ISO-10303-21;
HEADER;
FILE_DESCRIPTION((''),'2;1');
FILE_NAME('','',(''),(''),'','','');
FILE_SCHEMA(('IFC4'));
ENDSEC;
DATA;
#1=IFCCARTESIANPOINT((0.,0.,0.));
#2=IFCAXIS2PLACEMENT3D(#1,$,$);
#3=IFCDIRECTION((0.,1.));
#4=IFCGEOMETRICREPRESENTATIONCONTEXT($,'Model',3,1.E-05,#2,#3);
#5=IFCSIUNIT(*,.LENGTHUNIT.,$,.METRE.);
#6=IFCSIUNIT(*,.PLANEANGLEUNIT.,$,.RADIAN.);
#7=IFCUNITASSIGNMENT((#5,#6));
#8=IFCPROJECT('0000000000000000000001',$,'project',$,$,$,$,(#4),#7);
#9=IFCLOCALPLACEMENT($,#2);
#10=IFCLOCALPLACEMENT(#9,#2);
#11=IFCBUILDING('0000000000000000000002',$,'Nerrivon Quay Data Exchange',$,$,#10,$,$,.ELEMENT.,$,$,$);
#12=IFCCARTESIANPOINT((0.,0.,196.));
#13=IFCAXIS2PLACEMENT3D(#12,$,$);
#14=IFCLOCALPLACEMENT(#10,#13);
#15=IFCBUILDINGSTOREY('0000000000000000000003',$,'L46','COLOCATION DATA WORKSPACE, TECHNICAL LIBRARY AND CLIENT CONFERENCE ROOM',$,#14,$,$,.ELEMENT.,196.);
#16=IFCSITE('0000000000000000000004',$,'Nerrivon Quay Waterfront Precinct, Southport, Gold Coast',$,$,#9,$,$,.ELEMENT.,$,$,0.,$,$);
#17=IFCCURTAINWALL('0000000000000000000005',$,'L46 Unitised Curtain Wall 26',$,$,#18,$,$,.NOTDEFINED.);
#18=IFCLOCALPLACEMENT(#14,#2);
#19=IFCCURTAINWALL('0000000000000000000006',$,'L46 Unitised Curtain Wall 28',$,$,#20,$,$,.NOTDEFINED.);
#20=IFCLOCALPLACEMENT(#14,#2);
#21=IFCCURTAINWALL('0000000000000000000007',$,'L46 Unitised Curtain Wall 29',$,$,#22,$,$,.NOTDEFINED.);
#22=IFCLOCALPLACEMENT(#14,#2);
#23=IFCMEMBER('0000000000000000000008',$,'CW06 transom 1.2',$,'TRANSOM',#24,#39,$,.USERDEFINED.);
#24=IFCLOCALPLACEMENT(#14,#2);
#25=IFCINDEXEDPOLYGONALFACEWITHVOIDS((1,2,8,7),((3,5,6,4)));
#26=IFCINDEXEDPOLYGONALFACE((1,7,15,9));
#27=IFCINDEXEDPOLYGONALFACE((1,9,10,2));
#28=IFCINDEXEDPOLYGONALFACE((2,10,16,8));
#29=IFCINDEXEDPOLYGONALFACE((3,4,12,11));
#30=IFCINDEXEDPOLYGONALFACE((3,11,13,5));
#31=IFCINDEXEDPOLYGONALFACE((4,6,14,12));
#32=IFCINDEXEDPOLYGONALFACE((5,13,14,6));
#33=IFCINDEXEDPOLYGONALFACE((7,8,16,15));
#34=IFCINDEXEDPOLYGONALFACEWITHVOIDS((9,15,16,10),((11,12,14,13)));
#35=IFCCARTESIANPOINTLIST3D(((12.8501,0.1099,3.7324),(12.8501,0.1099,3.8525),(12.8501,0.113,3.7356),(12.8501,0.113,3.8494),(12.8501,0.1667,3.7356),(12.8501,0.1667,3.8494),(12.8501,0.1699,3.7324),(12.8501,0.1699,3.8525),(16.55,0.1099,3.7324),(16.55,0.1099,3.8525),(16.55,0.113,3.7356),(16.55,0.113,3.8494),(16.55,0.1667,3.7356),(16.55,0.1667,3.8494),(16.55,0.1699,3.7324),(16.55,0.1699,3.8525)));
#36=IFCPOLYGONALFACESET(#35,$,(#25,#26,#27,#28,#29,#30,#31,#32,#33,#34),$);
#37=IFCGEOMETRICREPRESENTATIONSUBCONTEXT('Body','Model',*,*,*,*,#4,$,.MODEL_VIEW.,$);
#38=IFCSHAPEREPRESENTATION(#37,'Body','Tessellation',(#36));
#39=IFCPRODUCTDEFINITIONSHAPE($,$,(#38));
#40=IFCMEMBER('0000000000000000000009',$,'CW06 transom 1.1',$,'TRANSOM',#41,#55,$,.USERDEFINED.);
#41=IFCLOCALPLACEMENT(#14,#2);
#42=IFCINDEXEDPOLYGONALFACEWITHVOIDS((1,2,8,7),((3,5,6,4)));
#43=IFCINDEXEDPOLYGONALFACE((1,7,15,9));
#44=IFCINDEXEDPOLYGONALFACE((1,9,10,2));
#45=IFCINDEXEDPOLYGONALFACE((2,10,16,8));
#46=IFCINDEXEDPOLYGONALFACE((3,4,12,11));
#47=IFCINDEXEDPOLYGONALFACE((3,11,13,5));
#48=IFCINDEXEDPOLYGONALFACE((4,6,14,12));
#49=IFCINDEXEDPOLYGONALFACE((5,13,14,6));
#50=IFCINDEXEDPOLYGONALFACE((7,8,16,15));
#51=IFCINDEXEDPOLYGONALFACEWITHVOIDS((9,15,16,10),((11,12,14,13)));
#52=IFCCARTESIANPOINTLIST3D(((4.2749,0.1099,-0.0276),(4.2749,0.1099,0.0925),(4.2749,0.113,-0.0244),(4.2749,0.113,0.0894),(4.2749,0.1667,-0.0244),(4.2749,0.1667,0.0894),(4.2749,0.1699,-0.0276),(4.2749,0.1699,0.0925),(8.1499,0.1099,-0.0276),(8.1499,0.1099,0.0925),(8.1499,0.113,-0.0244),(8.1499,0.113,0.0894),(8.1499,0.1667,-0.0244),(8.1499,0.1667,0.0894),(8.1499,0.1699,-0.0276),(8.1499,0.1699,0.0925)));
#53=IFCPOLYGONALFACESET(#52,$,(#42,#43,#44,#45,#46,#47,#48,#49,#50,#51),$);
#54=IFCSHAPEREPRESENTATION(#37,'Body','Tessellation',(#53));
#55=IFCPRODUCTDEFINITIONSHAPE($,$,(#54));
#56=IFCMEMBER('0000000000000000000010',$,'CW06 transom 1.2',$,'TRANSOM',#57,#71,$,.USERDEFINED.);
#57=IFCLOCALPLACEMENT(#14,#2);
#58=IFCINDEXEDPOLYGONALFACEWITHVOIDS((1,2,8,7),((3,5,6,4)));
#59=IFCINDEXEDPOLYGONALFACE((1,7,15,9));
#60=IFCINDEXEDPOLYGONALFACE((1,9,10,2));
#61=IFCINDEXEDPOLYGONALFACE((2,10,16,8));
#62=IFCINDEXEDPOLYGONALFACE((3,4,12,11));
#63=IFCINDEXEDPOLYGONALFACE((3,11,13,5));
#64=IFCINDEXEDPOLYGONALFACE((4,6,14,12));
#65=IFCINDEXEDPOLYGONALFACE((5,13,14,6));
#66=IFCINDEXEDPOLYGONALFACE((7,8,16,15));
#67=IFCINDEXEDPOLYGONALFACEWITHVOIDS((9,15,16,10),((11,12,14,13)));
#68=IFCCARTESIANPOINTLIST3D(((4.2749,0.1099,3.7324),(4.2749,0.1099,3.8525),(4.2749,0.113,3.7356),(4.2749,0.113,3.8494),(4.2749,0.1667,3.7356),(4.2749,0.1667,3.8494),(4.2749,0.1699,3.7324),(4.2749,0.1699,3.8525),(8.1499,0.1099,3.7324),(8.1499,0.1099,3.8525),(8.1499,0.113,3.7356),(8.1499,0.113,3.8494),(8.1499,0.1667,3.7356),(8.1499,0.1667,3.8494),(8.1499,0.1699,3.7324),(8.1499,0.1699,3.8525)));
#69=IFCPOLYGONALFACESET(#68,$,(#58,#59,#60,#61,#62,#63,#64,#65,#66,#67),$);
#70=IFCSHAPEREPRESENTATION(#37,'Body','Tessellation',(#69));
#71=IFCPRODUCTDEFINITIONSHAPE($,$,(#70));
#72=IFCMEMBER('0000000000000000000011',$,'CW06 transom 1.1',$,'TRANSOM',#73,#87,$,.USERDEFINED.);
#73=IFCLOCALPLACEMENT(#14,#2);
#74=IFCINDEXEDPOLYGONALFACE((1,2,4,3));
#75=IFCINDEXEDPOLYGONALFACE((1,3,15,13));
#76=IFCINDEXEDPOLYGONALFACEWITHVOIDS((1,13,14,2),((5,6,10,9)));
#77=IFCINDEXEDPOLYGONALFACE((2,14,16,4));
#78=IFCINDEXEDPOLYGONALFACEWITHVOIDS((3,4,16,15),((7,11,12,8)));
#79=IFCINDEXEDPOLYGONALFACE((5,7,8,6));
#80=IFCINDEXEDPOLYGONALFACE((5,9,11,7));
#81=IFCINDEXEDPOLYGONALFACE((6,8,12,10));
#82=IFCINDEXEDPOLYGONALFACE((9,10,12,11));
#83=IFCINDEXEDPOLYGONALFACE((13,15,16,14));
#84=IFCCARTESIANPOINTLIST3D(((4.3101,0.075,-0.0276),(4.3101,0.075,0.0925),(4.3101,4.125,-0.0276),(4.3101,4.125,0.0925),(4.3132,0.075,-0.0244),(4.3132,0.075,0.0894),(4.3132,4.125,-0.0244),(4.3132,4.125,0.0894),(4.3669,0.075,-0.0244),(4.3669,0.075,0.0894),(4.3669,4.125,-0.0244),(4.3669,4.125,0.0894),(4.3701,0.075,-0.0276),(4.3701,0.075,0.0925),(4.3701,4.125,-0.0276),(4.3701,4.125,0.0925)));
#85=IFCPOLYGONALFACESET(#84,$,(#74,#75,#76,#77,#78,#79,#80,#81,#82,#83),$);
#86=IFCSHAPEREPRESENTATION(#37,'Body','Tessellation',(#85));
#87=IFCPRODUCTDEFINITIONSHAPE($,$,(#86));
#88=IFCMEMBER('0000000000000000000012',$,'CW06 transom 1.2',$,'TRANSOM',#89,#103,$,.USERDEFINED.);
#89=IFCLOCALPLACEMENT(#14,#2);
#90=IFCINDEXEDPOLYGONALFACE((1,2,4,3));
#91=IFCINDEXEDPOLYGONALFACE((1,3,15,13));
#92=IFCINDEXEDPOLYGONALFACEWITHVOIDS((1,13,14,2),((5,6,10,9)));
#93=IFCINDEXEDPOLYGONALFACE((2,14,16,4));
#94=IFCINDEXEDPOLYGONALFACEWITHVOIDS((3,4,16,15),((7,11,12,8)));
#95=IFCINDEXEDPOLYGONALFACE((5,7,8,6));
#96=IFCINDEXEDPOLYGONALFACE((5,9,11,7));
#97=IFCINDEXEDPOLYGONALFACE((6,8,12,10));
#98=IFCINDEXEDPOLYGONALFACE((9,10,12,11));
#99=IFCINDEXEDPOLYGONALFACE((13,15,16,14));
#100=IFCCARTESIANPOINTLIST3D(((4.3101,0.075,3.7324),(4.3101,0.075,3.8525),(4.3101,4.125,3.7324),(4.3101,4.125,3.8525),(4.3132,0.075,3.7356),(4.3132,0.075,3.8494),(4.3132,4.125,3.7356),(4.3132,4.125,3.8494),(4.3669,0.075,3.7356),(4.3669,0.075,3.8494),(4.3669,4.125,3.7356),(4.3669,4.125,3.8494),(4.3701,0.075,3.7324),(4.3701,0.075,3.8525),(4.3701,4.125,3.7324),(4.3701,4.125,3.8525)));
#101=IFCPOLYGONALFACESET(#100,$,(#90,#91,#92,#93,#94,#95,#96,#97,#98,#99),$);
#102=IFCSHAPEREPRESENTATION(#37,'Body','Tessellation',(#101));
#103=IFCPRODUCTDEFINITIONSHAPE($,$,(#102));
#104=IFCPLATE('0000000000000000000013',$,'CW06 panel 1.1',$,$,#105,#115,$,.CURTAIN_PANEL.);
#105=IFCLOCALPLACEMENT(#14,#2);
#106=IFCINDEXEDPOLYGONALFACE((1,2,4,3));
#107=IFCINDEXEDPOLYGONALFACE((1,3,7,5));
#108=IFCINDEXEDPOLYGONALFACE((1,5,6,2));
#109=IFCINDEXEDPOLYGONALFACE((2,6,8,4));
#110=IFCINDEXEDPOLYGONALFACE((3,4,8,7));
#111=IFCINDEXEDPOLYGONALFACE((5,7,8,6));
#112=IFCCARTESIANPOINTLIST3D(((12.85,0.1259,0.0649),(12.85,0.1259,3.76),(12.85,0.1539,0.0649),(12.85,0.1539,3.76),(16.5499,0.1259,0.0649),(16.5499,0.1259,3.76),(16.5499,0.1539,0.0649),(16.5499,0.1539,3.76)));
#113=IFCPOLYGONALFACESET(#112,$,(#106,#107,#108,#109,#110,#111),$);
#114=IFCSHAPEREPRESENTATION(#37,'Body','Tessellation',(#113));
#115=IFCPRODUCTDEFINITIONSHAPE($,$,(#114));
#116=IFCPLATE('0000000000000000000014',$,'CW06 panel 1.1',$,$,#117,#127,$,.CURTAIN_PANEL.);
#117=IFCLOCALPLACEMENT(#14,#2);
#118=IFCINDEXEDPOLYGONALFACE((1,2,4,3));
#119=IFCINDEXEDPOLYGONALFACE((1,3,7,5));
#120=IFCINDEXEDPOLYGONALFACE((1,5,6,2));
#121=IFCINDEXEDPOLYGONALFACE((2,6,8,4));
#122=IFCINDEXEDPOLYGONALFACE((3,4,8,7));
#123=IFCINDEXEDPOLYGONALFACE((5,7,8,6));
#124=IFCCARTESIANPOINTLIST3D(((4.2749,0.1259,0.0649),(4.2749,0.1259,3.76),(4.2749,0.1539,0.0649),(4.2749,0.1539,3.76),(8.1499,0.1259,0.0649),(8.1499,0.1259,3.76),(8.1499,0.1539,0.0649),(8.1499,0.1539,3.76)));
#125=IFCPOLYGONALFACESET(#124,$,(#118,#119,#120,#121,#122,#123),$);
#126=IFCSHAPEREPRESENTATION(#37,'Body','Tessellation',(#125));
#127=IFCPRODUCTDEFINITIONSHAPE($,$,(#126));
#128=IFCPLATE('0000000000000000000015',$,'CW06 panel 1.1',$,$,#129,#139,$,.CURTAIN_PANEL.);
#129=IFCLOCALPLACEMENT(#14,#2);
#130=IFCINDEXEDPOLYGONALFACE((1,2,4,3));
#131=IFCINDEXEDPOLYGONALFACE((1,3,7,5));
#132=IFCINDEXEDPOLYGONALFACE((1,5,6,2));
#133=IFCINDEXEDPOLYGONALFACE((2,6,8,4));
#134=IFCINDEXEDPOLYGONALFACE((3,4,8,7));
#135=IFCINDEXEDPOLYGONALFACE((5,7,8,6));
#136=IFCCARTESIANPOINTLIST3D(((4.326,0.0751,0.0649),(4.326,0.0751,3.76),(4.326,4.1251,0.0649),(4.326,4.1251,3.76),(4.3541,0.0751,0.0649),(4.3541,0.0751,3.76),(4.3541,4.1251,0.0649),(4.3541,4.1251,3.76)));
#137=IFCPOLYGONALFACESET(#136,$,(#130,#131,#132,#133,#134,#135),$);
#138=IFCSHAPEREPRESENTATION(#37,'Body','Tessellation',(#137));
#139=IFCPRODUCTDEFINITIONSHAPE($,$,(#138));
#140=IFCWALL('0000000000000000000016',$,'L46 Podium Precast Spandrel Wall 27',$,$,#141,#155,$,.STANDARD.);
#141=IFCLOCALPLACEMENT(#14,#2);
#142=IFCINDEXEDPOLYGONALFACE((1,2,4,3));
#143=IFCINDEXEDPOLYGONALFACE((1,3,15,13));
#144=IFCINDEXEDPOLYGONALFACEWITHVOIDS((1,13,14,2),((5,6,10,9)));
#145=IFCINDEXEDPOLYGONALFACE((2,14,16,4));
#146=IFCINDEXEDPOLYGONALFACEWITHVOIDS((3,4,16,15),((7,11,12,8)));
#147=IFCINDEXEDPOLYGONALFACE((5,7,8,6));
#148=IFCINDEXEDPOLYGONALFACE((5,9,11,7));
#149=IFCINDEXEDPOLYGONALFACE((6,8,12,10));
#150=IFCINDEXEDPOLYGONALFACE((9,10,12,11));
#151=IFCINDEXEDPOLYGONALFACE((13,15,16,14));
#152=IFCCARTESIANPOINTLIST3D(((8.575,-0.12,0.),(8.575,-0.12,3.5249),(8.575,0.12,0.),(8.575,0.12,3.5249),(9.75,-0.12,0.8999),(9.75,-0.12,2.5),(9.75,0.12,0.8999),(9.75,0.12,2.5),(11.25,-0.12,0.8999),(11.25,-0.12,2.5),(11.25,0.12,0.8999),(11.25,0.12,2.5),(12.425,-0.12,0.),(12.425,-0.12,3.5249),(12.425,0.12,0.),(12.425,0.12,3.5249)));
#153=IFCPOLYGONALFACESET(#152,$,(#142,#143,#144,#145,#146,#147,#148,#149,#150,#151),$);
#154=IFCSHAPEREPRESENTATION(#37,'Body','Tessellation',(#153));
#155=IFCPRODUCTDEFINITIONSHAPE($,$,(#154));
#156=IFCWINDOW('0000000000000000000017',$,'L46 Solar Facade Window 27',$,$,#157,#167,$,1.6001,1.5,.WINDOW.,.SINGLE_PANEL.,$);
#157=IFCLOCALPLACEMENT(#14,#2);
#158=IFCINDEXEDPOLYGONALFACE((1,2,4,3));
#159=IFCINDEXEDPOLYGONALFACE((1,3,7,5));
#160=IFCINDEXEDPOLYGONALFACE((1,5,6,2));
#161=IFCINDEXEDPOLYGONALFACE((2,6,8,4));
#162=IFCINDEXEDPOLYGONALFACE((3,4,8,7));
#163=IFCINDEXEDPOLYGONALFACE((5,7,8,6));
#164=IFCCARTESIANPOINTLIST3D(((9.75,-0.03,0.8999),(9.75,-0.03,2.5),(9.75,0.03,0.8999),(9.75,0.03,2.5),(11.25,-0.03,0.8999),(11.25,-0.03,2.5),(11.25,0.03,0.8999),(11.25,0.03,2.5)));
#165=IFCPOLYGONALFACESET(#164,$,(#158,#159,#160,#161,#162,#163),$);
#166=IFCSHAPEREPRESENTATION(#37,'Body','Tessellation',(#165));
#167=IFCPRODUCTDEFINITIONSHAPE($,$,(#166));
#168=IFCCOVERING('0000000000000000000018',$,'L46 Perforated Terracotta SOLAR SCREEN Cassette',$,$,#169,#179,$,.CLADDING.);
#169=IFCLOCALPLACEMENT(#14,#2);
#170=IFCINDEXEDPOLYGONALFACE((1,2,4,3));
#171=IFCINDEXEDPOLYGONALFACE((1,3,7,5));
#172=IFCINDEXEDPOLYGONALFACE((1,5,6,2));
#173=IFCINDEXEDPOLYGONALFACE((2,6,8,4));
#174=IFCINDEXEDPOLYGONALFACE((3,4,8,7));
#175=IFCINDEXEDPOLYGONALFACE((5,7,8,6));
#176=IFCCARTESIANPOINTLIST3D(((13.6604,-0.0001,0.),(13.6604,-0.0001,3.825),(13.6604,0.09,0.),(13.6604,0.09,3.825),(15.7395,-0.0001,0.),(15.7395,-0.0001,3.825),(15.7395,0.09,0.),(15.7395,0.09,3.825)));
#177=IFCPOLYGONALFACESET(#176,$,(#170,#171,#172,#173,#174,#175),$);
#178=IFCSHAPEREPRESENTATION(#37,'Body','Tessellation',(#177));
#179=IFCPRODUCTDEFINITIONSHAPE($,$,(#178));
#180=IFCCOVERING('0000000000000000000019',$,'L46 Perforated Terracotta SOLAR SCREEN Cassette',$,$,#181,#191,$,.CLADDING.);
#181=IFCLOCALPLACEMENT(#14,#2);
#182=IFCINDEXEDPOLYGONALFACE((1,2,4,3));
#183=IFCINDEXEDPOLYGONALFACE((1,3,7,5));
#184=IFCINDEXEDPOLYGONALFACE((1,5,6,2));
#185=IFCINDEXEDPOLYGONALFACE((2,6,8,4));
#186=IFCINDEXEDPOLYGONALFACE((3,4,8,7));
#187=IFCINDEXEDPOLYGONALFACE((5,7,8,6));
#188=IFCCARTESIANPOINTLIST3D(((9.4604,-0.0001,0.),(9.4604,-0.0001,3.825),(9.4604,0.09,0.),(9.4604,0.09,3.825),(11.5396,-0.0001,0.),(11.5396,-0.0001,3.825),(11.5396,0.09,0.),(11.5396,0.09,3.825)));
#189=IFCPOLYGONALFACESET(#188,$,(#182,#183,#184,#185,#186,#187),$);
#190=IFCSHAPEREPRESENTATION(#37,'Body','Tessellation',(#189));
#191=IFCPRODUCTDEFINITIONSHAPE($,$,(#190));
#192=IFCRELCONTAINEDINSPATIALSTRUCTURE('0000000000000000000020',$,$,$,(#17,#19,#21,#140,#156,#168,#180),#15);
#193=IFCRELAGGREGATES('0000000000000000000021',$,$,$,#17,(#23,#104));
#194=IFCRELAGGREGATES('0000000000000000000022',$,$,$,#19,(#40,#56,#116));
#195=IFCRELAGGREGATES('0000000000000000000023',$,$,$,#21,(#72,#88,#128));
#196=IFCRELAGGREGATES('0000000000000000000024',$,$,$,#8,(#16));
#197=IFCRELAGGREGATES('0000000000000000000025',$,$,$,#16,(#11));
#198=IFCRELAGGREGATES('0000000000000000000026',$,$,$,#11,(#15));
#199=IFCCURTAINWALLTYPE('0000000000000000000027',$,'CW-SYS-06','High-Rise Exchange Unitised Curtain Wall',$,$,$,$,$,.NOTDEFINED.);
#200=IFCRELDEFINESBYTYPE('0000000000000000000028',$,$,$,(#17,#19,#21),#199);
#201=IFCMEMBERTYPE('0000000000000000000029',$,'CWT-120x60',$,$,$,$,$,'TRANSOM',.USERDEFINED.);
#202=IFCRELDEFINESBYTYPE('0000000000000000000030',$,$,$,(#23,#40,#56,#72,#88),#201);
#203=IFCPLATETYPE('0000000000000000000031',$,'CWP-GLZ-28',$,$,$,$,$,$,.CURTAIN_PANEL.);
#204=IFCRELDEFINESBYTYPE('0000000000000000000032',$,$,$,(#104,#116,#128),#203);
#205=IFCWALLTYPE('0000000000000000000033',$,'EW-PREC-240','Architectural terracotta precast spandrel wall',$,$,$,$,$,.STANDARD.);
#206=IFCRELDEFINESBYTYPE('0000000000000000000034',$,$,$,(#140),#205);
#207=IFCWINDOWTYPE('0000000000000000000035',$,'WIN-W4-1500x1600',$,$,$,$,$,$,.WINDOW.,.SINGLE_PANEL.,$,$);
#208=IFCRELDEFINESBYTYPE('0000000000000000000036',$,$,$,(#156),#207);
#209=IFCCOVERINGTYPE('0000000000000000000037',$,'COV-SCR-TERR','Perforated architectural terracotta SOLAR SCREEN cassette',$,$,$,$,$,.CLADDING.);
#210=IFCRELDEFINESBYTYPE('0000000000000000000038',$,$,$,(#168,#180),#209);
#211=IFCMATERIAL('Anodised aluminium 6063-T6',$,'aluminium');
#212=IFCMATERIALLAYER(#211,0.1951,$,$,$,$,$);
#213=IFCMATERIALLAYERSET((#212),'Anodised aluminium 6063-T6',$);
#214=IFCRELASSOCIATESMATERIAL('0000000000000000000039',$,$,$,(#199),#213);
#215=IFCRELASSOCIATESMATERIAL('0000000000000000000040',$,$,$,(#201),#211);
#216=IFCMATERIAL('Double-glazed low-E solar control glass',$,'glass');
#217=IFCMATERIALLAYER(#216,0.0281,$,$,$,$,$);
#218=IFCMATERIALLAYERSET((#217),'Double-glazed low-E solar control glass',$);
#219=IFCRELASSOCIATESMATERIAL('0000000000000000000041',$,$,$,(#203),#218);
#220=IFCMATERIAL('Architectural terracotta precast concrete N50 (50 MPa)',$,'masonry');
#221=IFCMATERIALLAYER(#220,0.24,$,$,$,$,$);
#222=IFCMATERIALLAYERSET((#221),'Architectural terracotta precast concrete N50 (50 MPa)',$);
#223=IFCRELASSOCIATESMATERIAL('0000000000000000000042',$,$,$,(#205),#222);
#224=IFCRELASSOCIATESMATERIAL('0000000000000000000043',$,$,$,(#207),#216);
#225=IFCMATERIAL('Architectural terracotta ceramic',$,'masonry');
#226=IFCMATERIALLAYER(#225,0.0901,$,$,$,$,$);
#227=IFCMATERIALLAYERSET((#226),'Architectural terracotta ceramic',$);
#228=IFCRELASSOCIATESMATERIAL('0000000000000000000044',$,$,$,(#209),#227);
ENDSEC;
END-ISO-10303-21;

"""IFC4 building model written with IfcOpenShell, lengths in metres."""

from ifc_helpers import new_model, si_unit, direction, frame, frame_2d, origin, origin_2d, place, context, subcontext, project, spatial, rectangle, hollow_rectangle, extrude, material, layer, layer_set, material_profile, profile_set, type_object, element, fill, aggregate, save


model = new_model("IFC4")

# Units and contexts
model_context = context("Model", 3, precision=1e-05, world=origin(), true_north=direction((0.0, 1.0)))
body_context = subcontext(model_context, "Body", "Model", "MODEL_VIEW")
ifc_project = project(units=[si_unit("LENGTHUNIT", "METRE"), si_unit("PLANEANGLEUNIT", "RADIAN")], contexts=[model_context])

# Site, building, storey
site_placement = place(None, origin())
site = spatial("IfcSite", under=ifc_project, at=site_placement, Name="Nerrivon Quay Waterfront Precinct, Southport, Gold Coast", CompositionType="ELEMENT", RefElevation=0.0)
building_placement = place(site_placement, origin())
building = spatial("IfcBuilding", under=site, at=building_placement, Name="Nerrivon Quay Data Exchange", CompositionType="ELEMENT")
storey_placement = place(building_placement, frame((0.0, 0.0, 196.0)))
storey = spatial("IfcBuildingStorey", under=building, at=storey_placement, Name="L46", Description="COLOCATION DATA WORKSPACE, TECHNICAL LIBRARY AND CLIENT CONFERENCE ROOM", CompositionType="ELEMENT", Elevation=196.0)

# Curtain wall
ifc_material_1 = material(Name="Anodised aluminium 6063-T6", Category="aluminium")
ifc_layer_1 = layer(ifc_material_1, 0.1951)
ifc_layer_set_1 = layer_set([ifc_layer_1], Name="Anodised aluminium 6063-T6")
curtain_wall_type = type_object("IfcCurtainWallType", Name="CW-SYS-06", Description="High-Rise Exchange Unitised Curtain Wall", PredefinedType="NOTDEFINED", material=ifc_layer_set_1)
curtain_wall_1_placement = place(storey_placement, origin())
curtain_wall_1 = element("IfcCurtainWall", 1, at=curtain_wall_1_placement, inside=storey, type_object=curtain_wall_type, Name="L46 Unitised Curtain Wall 26", PredefinedType="NOTDEFINED")

# Curtain walls
curtain_wall_2_placement = place(storey_placement, origin())
curtain_wall_2 = element("IfcCurtainWall", 2, at=curtain_wall_2_placement, inside=storey, type_object=curtain_wall_type, Name="L46 Unitised Curtain Wall 28", PredefinedType="NOTDEFINED")
curtain_wall_3_placement = place(storey_placement, origin())
curtain_wall_3 = element("IfcCurtainWall", 3, at=curtain_wall_3_placement, inside=storey, type_object=curtain_wall_type, Name="L46 Unitised Curtain Wall 29", PredefinedType="NOTDEFINED")

# Members
ifc_material_profile_1 = material_profile(ifc_material_1, hollow_rectangle(XDim=0.0601, YDim=0.1201, WallThickness=0.0032, at=origin_2d()), Name="ALU-TRAN-120x60")
ifc_profile_set_1 = profile_set([ifc_material_profile_1], Name="Anodised aluminium 6063-T6")
member_type_1 = type_object("IfcMemberType", Name="CWT-120x60", ElementType="TRANSOM", PredefinedType="USERDEFINED", material=ifc_profile_set_1)
member_1_placement = place(storey_placement, frame((16.55, 0.1399, 3.7925), z_axis=(-1.0, 0.0, 0.0), x_axis=(0.0, -1.0, 0.0)))
member_1 = element("IfcMember", 4, at=member_1_placement, type_object=member_type_1, Name="CW06 transom 1.2", ObjectType="TRANSOM", PredefinedType="USERDEFINED", context=body_context, shape_type="SweptSolid", body=[
    extrude(hollow_rectangle(XDim=0.0601, YDim=0.1201, WallThickness=0.0032, at=origin_2d()), origin(), (0.0, 0.0, 1.0), 3.7),
])
member_2_placement = place(storey_placement, frame((8.1499, 0.1399, 0.0325), z_axis=(-1.0, 0.0, 0.0), x_axis=(0.0, -1.0, 0.0)))
member_2 = element("IfcMember", 5, at=member_2_placement, type_object=member_type_1, Name="CW06 transom 1.1", ObjectType="TRANSOM", PredefinedType="USERDEFINED", context=body_context, shape_type="SweptSolid", body=[
    extrude(hollow_rectangle(XDim=0.0601, YDim=0.1201, WallThickness=0.0032, at=origin_2d()), origin(), (0.0, 0.0, 1.0), 3.875),
])
member_3_placement = place(storey_placement, frame((8.1499, 0.1399, 3.7925), z_axis=(-1.0, 0.0, 0.0), x_axis=(0.0, -1.0, 0.0)))
member_3 = element("IfcMember", 6, at=member_3_placement, type_object=member_type_1, Name="CW06 transom 1.2", ObjectType="TRANSOM", PredefinedType="USERDEFINED", context=body_context, shape_type="SweptSolid", body=[
    extrude(hollow_rectangle(XDim=0.0601, YDim=0.1201, WallThickness=0.0032, at=origin_2d()), origin(), (0.0, 0.0, 1.0), 3.875),
])
member_4_placement = place(storey_placement, frame((4.3401, 0.075, 0.0325), z_axis=(0.0, 1.0, 0.0), x_axis=(-1.0, 0.0, 0.0)))
member_4 = element("IfcMember", 7, at=member_4_placement, type_object=member_type_1, Name="CW06 transom 1.1", ObjectType="TRANSOM", PredefinedType="USERDEFINED", context=body_context, shape_type="SweptSolid", body=[
    extrude(hollow_rectangle(XDim=0.0601, YDim=0.1201, WallThickness=0.0032, at=origin_2d()), origin(), (0.0, 0.0, 1.0), 4.05),
])
member_5_placement = place(storey_placement, frame((4.3401, 0.075, 3.7925), z_axis=(0.0, 1.0, 0.0), x_axis=(-1.0, 0.0, 0.0)))
member_5 = element("IfcMember", 8, at=member_5_placement, type_object=member_type_1, Name="CW06 transom 1.2", ObjectType="TRANSOM", PredefinedType="USERDEFINED", context=body_context, shape_type="SweptSolid", body=[
    extrude(hollow_rectangle(XDim=0.0601, YDim=0.1201, WallThickness=0.0032, at=origin_2d()), origin(), (0.0, 0.0, 1.0), 4.05),
])

# Plates
ifc_material_2 = material(Name="Double-glazed low-E solar control glass", Category="glass")
ifc_layer_2 = layer(ifc_material_2, 0.0281)
ifc_layer_set_2 = layer_set([ifc_layer_2], Name="Double-glazed low-E solar control glass")
plate_type = type_object("IfcPlateType", Name="CWP-GLZ-28", PredefinedType="CURTAIN_PANEL", material=ifc_layer_set_2)
plate_1_placement = place(storey_placement, frame((14.7, 0.1399, 0.0649), z_axis=(0.0, 0.0, 1.0), x_axis=(-1.0, 0.0, 0.0)))
plate_1 = element("IfcPlate", 9, at=plate_1_placement, type_object=plate_type, Name="CW06 panel 1.1", PredefinedType="CURTAIN_PANEL", context=body_context, shape_type="SweptSolid", body=[
    extrude(rectangle(XDim=3.7, YDim=0.0281, at=origin_2d()), origin(), (0.0, 0.0, 1.0), 3.6951),
])
aggregate(curtain_wall_1, [member_1, plate_1])
plate_2_placement = place(storey_placement, frame((6.2124, 0.1399, 0.0649), z_axis=(0.0, 0.0, 1.0), x_axis=(-1.0, 0.0, 0.0)))
plate_2 = element("IfcPlate", 10, at=plate_2_placement, type_object=plate_type, Name="CW06 panel 1.1", PredefinedType="CURTAIN_PANEL", context=body_context, shape_type="SweptSolid", body=[
    extrude(rectangle(XDim=3.875, YDim=0.0281, at=origin_2d()), origin(), (0.0, 0.0, 1.0), 3.6951),
])
aggregate(curtain_wall_2, [member_2, member_3, plate_2])
plate_3_placement = place(storey_placement, frame((4.3401, 2.1001, 0.0649), z_axis=(0.0, 0.0, 1.0), x_axis=(0.0, 1.0, 0.0)))
plate_3 = element("IfcPlate", 11, at=plate_3_placement, type_object=plate_type, Name="CW06 panel 1.1", PredefinedType="CURTAIN_PANEL", context=body_context, shape_type="SweptSolid", body=[
    extrude(rectangle(XDim=4.05, YDim=0.0281, at=origin_2d()), origin(), (0.0, 0.0, 1.0), 3.6951),
])
aggregate(curtain_wall_3, [member_4, member_5, plate_3])

# Wall, opening, window
ifc_material_3 = material(Name="Architectural terracotta precast concrete N50 (50 MPa)", Category="masonry")
ifc_layer_3 = layer(ifc_material_3, 0.24)
ifc_layer_set_3 = layer_set([ifc_layer_3], Name="Architectural terracotta precast concrete N50 (50 MPa)")
wall_type = type_object("IfcWallType", Name="EW-PREC-240", Description="Architectural terracotta precast spandrel wall", PredefinedType="STANDARD", material=ifc_layer_set_3)
wall_placement = place(storey_placement, frame((12.425, 0.0, 0.0), z_axis=(0.0, 0.0, 1.0), x_axis=(-1.0, 0.0, 0.0)))
wall = element("IfcWall", 12, at=wall_placement, inside=storey, type_object=wall_type, Name="L46 Podium Precast Spandrel Wall 27", PredefinedType="STANDARD", context=body_context, shape_type="SweptSolid", body=[
    extrude(rectangle(XDim=3.8501, YDim=0.24, at=frame_2d((1.925, 0.0))), origin(), (0.0, 0.0, 1.0), 3.5249),
])
opening_placement = place(wall_placement, frame((1.175, 0.0, 0.8999)))
opening = element("IfcOpeningElement", 13, at=opening_placement, cuts=wall, PredefinedType="OPENING", context=body_context, shape_type="SweptSolid", body=[
    extrude(rectangle(XDim=1.5, YDim=1.6001, at=frame_2d((0.75, 0.8))), frame((0.0, 0.1299, 0.0), z_axis=(0.0, -1.0, 0.0), x_axis=(1.0, 0.0, 0.0)), (0.0, 0.0, 1.0), 0.26),
])
window_type = type_object("IfcWindowType", Name="WIN-W4-1500x1600", PartitioningType="SINGLE_PANEL", PredefinedType="WINDOW", material=ifc_material_2)
window_placement = place(opening_placement, origin())
window = element("IfcWindow", 14, at=window_placement, inside=storey, type_object=window_type, Name="L46 Solar Facade Window 27", OverallHeight=1.6001, OverallWidth=1.5, PartitioningType="SINGLE_PANEL", PredefinedType="WINDOW", context=body_context, shape_type="SweptSolid", body=[
    extrude(rectangle(XDim=1.5, YDim=1.6001, at=frame_2d((0.75, 0.8))), frame((0.0, 0.03, 0.0), z_axis=(0.0, -1.0, 0.0), x_axis=(1.0, 0.0, 0.0)), (0.0, 0.0, 1.0), 0.0601),
])
fill(opening, window)

# Coverings
ifc_material_4 = material(Name="Architectural terracotta ceramic", Category="masonry")
ifc_layer_4 = layer(ifc_material_4, 0.0901)
ifc_layer_set_4 = layer_set([ifc_layer_4], Name="Architectural terracotta ceramic")
covering_type = type_object("IfcCoveringType", Name="COV-SCR-TERR", Description="Perforated architectural terracotta SOLAR SCREEN cassette", PredefinedType="CLADDING", material=ifc_layer_set_4)
for number, where, z_axis, x_axis, name in (
    (15, (14.7, 0.0449, 0.0), (0.0, 0.0, 1.0), (-1.0, 0.0, 0.0), "L46 Perforated Terracotta SOLAR SCREEN Cassette"),
    (16, (10.5, 0.0449, 0.0), (0.0, 0.0, 1.0), (-1.0, 0.0, 0.0), "L46 Perforated Terracotta SOLAR SCREEN Cassette"),
):
    element("IfcCovering", number, at=place(storey_placement, frame(where, z_axis=z_axis, x_axis=x_axis)), inside=storey, type_object=covering_type, Name=name, PredefinedType="CLADDING", context=body_context, shape_type="SweptSolid", body=[
        extrude(rectangle(XDim=2.0791, YDim=0.0901, at=origin_2d()), origin(), (0.0, 0.0, 1.0), 3.825),
    ])

save(model, "model.ifc")
